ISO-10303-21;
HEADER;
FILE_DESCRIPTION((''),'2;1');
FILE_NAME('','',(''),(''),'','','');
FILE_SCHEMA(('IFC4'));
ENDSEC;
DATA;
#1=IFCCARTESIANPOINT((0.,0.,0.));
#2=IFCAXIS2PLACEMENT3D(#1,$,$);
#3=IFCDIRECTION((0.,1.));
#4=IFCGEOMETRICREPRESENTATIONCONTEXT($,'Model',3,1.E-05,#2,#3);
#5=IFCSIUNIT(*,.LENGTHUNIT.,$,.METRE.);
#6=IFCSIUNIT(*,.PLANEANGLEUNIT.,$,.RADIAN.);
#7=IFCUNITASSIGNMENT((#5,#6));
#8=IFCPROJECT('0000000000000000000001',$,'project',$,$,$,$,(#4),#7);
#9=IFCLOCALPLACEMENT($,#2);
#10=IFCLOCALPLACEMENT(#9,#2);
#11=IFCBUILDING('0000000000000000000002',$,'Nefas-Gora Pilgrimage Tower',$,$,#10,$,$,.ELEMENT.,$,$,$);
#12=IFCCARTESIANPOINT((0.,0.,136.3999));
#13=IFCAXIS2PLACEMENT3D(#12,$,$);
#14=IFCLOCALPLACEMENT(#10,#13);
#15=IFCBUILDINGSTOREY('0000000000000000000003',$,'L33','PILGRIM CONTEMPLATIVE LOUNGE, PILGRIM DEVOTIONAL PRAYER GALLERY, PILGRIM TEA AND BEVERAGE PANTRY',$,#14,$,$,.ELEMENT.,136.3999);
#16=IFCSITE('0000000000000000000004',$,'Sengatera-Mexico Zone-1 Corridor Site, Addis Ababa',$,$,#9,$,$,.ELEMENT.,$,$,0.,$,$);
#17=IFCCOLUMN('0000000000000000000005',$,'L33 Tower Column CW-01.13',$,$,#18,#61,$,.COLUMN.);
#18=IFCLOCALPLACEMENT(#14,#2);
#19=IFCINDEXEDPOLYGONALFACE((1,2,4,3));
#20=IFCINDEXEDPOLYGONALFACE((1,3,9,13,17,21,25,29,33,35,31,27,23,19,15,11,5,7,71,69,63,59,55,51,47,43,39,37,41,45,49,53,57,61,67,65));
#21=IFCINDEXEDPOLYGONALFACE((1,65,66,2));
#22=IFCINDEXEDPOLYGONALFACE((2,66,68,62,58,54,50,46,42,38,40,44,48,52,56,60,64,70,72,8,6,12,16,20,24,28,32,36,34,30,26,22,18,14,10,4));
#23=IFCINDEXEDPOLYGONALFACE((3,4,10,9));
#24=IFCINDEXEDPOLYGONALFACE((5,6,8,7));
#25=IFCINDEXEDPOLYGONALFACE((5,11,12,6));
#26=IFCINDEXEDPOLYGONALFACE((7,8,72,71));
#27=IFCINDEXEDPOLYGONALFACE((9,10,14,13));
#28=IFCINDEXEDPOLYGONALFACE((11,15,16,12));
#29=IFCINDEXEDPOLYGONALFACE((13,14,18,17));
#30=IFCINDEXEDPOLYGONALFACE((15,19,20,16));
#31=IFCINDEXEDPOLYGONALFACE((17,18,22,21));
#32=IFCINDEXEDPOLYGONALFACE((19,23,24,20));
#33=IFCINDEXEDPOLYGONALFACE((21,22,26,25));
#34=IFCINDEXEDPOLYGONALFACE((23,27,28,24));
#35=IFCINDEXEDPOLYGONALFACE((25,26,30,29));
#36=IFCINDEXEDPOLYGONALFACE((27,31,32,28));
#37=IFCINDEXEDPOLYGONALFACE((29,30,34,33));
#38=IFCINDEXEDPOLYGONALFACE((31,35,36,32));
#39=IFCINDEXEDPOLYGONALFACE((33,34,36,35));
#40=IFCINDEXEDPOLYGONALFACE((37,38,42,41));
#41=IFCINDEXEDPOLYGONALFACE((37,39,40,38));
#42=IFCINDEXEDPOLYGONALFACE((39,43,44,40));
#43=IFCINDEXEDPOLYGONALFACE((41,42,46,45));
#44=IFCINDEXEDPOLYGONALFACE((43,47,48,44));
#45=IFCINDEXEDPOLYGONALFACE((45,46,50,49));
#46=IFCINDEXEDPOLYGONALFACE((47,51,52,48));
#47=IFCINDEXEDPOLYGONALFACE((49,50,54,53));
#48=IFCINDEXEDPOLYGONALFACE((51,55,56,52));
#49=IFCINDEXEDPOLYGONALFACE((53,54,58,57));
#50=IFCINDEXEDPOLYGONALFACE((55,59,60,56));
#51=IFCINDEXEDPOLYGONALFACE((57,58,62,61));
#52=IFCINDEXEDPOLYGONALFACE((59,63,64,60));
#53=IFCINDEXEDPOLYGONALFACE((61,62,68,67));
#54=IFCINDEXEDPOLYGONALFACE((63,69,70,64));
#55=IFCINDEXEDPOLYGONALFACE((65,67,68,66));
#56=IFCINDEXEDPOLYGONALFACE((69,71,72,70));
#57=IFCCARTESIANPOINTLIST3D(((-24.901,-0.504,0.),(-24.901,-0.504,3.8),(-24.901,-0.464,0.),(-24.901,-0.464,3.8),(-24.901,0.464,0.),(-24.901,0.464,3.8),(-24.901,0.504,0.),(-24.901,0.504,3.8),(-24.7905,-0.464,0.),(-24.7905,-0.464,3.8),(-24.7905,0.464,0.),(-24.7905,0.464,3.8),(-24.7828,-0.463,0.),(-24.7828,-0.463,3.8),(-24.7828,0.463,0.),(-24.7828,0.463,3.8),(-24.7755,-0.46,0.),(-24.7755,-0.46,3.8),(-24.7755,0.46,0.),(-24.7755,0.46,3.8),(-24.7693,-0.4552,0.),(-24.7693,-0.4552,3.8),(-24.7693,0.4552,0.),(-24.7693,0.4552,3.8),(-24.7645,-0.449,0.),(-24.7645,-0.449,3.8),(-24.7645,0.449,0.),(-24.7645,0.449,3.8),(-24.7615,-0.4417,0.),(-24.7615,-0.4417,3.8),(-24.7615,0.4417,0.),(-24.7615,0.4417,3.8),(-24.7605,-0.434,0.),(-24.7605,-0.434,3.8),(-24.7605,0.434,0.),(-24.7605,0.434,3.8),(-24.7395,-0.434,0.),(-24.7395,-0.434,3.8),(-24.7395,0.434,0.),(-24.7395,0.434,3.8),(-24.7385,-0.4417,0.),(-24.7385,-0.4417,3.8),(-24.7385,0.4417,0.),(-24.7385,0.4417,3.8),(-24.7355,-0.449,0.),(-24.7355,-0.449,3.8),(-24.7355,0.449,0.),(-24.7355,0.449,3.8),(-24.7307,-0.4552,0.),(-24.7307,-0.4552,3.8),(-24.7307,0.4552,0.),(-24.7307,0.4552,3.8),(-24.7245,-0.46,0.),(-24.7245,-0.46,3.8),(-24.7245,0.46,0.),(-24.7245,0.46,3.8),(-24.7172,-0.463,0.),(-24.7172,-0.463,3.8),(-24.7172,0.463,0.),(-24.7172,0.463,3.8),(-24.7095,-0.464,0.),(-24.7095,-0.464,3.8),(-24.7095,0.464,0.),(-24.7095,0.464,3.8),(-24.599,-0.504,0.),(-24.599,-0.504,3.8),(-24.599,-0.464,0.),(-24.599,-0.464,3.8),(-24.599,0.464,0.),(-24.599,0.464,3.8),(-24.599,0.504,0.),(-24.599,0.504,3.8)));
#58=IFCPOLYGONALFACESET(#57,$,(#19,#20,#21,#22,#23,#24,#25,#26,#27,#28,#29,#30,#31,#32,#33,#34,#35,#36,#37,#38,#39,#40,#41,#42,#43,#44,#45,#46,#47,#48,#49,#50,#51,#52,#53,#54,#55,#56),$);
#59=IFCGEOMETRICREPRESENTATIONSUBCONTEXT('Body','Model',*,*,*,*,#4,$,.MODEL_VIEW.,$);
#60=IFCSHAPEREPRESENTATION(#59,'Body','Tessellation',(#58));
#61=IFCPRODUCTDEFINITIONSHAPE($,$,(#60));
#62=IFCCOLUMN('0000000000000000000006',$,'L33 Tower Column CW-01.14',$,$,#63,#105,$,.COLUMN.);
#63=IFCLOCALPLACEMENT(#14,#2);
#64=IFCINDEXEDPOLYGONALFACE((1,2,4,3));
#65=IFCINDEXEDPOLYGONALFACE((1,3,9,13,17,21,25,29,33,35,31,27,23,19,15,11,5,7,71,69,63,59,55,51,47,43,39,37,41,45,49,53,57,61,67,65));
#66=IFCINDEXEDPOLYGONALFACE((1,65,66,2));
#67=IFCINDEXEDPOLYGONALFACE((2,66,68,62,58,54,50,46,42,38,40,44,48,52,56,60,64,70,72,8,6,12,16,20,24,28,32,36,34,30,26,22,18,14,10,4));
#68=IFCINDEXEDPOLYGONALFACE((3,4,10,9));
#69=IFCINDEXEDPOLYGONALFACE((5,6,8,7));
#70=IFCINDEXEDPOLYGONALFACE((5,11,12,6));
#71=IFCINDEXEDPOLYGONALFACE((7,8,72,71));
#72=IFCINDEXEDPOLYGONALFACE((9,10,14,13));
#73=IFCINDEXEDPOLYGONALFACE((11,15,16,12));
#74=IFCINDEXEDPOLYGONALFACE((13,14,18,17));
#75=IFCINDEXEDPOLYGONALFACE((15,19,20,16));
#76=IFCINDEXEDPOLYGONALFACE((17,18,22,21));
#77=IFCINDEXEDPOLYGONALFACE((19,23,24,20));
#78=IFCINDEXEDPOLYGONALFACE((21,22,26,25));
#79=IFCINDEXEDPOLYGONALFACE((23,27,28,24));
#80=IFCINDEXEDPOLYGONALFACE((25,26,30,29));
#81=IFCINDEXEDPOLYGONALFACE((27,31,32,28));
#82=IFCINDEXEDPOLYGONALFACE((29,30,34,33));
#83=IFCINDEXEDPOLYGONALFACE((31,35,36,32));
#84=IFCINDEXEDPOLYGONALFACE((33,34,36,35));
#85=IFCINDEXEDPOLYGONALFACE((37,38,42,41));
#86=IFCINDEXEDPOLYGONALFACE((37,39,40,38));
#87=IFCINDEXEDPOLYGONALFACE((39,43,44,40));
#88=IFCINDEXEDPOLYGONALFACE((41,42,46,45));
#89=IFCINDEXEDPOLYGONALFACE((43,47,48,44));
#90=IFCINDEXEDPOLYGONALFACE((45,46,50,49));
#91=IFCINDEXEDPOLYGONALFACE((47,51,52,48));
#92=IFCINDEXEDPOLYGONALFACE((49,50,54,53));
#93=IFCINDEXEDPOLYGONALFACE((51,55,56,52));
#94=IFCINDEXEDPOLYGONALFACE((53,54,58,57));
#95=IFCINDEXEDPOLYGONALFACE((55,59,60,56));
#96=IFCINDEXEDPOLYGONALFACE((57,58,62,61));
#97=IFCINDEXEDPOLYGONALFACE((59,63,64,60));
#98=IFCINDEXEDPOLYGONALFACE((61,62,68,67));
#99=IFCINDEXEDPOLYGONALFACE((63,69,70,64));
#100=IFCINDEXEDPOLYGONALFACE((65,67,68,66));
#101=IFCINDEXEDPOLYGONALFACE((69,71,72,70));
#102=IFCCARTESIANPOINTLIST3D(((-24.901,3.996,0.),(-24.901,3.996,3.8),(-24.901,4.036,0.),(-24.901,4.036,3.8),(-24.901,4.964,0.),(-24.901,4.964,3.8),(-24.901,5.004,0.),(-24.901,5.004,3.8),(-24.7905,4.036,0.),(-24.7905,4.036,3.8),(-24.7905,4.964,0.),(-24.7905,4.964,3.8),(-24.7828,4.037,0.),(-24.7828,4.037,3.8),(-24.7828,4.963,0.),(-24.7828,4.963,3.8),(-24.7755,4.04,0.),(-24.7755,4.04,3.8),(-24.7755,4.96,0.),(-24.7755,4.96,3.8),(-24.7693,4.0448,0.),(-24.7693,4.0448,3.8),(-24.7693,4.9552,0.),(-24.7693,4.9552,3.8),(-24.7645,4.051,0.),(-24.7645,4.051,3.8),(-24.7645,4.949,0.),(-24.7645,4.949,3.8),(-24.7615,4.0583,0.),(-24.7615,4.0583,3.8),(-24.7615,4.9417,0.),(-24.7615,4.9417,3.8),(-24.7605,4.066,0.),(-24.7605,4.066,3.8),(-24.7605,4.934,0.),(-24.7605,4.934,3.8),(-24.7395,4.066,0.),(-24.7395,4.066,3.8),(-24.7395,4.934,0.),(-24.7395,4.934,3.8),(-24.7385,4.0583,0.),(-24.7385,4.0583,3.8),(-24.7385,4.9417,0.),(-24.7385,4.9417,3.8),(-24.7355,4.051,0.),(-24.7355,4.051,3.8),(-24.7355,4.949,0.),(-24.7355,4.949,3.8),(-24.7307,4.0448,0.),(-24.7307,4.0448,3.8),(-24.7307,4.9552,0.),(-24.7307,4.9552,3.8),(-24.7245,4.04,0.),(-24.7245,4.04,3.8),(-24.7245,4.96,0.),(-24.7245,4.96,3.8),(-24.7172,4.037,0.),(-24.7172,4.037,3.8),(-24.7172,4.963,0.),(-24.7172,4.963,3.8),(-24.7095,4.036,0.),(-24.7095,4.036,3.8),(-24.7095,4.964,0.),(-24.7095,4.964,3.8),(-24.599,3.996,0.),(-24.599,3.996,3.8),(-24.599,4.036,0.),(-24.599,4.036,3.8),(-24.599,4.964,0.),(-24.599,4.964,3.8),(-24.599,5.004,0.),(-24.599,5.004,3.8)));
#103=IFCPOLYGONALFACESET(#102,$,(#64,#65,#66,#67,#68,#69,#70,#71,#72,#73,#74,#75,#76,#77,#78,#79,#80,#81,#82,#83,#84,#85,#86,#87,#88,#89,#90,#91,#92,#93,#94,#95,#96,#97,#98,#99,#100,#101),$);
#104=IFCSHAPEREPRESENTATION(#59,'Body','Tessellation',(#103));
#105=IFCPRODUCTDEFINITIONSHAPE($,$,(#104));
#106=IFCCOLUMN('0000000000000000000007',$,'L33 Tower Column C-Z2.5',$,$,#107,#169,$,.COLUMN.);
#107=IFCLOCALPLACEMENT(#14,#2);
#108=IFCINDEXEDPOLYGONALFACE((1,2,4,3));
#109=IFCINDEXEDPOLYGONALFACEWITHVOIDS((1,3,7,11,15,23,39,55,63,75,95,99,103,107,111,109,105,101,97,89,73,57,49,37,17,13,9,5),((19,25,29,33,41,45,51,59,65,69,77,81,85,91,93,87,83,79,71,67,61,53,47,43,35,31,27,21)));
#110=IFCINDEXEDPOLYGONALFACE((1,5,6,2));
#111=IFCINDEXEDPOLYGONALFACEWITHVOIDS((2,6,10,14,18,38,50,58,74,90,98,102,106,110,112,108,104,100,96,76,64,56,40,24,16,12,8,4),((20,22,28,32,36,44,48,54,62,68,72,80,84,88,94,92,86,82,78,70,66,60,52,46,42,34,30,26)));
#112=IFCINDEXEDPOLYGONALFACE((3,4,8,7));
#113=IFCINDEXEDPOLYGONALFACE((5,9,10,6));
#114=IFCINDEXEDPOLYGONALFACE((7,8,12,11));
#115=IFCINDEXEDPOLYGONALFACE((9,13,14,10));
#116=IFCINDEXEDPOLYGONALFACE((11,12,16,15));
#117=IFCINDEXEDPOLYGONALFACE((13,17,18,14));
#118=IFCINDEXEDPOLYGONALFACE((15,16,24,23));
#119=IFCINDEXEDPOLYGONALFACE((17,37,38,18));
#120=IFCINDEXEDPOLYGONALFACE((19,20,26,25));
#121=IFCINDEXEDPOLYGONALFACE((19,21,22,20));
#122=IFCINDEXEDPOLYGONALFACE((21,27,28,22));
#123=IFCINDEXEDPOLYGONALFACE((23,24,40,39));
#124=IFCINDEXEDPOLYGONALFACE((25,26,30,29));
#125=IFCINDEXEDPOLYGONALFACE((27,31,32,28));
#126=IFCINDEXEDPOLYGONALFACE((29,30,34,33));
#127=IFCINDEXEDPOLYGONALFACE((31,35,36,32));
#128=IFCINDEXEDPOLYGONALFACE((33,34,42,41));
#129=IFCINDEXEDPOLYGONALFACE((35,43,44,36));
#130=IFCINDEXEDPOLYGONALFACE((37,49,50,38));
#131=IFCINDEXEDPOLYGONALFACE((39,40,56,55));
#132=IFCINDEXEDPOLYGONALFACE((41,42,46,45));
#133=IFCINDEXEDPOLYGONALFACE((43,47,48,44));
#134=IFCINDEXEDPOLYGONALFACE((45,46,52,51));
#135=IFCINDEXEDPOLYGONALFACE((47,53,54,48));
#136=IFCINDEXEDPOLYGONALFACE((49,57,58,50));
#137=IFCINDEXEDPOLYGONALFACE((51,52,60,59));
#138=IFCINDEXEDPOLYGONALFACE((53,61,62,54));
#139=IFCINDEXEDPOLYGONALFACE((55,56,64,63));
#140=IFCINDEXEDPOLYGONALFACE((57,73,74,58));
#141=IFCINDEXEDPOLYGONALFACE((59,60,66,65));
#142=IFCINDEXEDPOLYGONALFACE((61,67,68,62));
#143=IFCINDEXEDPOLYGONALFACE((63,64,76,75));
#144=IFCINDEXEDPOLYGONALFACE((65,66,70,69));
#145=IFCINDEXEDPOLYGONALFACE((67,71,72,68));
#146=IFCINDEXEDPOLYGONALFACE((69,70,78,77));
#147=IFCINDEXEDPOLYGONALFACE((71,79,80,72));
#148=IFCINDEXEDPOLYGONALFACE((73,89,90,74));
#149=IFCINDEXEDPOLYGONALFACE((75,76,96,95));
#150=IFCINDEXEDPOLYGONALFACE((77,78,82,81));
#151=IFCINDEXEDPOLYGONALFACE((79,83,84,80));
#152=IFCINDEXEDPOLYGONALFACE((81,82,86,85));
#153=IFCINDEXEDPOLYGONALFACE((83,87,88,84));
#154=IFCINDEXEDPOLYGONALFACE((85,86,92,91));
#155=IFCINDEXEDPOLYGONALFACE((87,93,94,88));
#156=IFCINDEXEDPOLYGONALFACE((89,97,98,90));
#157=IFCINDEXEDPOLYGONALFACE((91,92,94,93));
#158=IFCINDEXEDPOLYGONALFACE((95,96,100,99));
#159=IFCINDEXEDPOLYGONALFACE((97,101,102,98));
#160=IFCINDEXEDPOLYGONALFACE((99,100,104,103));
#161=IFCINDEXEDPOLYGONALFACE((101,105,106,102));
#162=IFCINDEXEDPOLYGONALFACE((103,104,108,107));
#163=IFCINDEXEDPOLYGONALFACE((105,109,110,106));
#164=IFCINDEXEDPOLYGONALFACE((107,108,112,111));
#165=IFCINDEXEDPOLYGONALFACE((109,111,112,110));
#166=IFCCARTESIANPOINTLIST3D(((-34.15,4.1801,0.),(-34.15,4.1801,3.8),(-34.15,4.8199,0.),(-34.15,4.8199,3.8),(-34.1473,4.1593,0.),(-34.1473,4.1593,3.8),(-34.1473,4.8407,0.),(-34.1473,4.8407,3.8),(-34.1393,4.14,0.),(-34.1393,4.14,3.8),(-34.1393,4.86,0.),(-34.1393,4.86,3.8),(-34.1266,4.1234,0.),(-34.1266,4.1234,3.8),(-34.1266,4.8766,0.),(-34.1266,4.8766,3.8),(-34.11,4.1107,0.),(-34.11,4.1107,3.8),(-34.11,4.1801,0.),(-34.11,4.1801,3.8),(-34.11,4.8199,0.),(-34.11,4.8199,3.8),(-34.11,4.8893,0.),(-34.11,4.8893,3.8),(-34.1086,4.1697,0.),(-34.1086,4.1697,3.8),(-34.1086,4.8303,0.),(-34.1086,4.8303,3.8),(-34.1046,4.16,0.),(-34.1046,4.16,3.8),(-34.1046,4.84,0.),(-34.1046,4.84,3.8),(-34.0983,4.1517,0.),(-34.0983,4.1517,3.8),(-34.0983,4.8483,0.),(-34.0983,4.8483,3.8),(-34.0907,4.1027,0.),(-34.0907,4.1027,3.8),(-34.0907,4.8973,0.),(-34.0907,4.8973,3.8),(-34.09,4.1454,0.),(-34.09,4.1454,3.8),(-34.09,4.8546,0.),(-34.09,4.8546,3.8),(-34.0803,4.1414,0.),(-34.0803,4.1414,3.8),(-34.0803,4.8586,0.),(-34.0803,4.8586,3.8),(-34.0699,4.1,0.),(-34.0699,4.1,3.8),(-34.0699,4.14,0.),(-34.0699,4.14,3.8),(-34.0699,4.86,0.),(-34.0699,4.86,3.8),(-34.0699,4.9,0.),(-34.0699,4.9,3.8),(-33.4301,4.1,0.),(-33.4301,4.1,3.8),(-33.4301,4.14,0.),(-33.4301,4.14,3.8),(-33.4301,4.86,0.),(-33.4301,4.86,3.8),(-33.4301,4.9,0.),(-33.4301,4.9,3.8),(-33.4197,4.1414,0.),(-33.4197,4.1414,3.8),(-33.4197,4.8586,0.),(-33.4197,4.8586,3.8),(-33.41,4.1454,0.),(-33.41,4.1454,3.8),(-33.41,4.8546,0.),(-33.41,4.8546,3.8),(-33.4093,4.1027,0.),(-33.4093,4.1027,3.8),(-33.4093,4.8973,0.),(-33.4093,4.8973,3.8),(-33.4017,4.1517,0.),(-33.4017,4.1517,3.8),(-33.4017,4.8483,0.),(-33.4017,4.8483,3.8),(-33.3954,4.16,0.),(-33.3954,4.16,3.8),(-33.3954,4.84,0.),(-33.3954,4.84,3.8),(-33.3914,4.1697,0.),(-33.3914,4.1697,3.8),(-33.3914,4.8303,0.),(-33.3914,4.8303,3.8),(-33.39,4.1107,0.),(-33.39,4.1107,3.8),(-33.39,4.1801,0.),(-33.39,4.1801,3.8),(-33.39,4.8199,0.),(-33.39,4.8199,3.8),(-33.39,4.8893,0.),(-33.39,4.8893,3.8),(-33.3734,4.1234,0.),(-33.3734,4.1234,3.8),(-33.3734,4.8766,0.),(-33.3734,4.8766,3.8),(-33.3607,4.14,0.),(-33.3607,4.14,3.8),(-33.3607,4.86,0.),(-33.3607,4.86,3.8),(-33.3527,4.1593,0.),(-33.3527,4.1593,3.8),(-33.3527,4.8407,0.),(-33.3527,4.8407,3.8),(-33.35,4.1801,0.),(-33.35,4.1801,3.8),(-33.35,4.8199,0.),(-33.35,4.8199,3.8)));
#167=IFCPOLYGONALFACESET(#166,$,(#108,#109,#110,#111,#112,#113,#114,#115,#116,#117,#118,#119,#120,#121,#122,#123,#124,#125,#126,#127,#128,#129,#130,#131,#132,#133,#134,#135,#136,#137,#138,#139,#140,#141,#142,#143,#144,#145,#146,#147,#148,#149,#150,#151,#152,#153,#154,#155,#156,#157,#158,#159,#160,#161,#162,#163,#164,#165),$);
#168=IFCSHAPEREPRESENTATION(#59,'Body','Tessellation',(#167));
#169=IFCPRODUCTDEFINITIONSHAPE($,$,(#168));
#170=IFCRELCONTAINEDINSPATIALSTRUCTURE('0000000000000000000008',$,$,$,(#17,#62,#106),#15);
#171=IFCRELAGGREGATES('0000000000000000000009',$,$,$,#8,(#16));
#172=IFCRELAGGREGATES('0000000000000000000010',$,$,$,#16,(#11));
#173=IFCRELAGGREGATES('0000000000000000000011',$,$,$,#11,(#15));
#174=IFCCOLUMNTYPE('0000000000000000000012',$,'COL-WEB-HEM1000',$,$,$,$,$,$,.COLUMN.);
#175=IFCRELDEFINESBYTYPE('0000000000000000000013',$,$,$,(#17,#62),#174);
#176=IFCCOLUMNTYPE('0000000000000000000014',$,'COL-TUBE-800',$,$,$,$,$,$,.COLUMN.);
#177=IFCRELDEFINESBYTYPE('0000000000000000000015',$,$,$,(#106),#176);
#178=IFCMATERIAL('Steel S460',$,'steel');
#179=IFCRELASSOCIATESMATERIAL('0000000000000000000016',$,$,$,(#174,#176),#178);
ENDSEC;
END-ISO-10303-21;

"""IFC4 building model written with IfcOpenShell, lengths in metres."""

from ifc_helpers import new_model, si_unit, direction, frame, origin, origin_2d, place, context, subcontext, project, spatial, hollow_rectangle, i_section, extrude, source, transform, mapped, material, material_profile, profile_set, type_object, element, save


model = new_model("IFC4")

# Units and contexts
model_context = context("Model", 3, precision=1e-05, world=origin(), true_north=direction((0.0, 1.0)))
body_context = subcontext(model_context, "Body", "Model", "MODEL_VIEW")
ifc_project = project(units=[si_unit("LENGTHUNIT", "METRE"), si_unit("PLANEANGLEUNIT", "RADIAN")], contexts=[model_context])

# Site, building, storey
site_placement = place(None, origin())
site = spatial("IfcSite", under=ifc_project, at=site_placement, Name="Sengatera-Mexico Zone-1 Corridor Site, Addis Ababa", CompositionType="ELEMENT", RefElevation=0.0)
building_placement = place(site_placement, origin())
building = spatial("IfcBuilding", under=site, at=building_placement, Name="Nefas-Gora Pilgrimage Tower", CompositionType="ELEMENT")
storey_placement = place(building_placement, frame((0.0, 0.0, 136.3999)))
storey = spatial("IfcBuildingStorey", under=building, at=storey_placement, Name="L33", Description="PILGRIM CONTEMPLATIVE LOUNGE, PILGRIM DEVOTIONAL PRAYER GALLERY, PILGRIM TEA AND BEVERAGE PANTRY", CompositionType="ELEMENT", Elevation=136.3999)

# Columns
ifc_material_1 = material(Name="Steel S460", Category="steel")
ifc_material_profile_1 = material_profile(ifc_material_1, i_section(OverallWidth=0.302, OverallDepth=1.0081, WebThickness=0.021, FlangeThickness=0.04, FilletRadius=0.03, at=origin_2d()), Name="HEM 1000")
ifc_profile_set_1 = profile_set([ifc_material_profile_1], Name="Steel S460")
column_type_1 = type_object("IfcColumnType", Name="COL-WEB-HEM1000", PredefinedType="COLUMN", material=ifc_profile_set_1)
shared_shape_1 = source(origin(), body_context, "Body", "SweptSolid", [
    extrude(i_section(OverallWidth=0.302, OverallDepth=1.0081, WebThickness=0.021, FlangeThickness=0.04, FilletRadius=0.03, at=origin_2d()), origin(), (0.0, 0.0, 1.0), 3.8),
])
for number, where, z_axis, x_axis, name in (
    (1, (-24.75, 0.0, 0.0), (0.0, 0.0, 1.0), (1.0, 0.0, 0.0), "L33 Tower Column CW-01.13"),
    (2, (-24.75, 4.5, 0.0), (0.0, 0.0, 1.0), (1.0, 0.0, 0.0), "L33 Tower Column CW-01.14"),
):
    element("IfcColumn", number, at=place(storey_placement, frame(where, z_axis=z_axis, x_axis=x_axis)), inside=storey, type_object=column_type_1, Name=name, PredefinedType="COLUMN", context=body_context, shape_type="MappedRepresentation", body=[
        mapped(shared_shape_1, transform((0.0, 0.0, 0.0), x_axis=(1.0, 0.0, 0.0), y_axis=(0.0, 1.0, 0.0), z_axis=(0.0, 0.0, 1.0), scale=1.0)),
    ])
ifc_material_profile_2 = material_profile(ifc_material_1, hollow_rectangle(XDim=0.8, YDim=0.8, WallThickness=0.04, InnerFilletRadius=0.04, OuterFilletRadius=0.0801, at=origin_2d()), Name="BOX 800x800x40")
ifc_profile_set_2 = profile_set([ifc_material_profile_2], Name="Steel S460")
column_type_2 = type_object("IfcColumnType", Name="COL-TUBE-800", PredefinedType="COLUMN", material=ifc_profile_set_2)
shared_shape_2 = source(origin(), body_context, "Body", "SweptSolid", [
    extrude(hollow_rectangle(XDim=0.8, YDim=0.8, WallThickness=0.04, InnerFilletRadius=0.04, OuterFilletRadius=0.0801, at=origin_2d()), origin(), (0.0, 0.0, 1.0), 3.8),
])
for number, where, z_axis, x_axis, name in (
    (3, (-33.75, 4.5, 0.0), (0.0, 0.0, 1.0), (1.0, 0.0, 0.0), "L33 Tower Column C-Z2.5"),
):
    element("IfcColumn", number, at=place(storey_placement, frame(where, z_axis=z_axis, x_axis=x_axis)), inside=storey, type_object=column_type_2, Name=name, PredefinedType="COLUMN", context=body_context, shape_type="MappedRepresentation", body=[
        mapped(shared_shape_2, transform((0.0, 0.0, 0.0), x_axis=(1.0, 0.0, 0.0), y_axis=(0.0, 1.0, 0.0), z_axis=(0.0, 0.0, 1.0), scale=1.0)),
    ])

save(model, "model.ifc")
